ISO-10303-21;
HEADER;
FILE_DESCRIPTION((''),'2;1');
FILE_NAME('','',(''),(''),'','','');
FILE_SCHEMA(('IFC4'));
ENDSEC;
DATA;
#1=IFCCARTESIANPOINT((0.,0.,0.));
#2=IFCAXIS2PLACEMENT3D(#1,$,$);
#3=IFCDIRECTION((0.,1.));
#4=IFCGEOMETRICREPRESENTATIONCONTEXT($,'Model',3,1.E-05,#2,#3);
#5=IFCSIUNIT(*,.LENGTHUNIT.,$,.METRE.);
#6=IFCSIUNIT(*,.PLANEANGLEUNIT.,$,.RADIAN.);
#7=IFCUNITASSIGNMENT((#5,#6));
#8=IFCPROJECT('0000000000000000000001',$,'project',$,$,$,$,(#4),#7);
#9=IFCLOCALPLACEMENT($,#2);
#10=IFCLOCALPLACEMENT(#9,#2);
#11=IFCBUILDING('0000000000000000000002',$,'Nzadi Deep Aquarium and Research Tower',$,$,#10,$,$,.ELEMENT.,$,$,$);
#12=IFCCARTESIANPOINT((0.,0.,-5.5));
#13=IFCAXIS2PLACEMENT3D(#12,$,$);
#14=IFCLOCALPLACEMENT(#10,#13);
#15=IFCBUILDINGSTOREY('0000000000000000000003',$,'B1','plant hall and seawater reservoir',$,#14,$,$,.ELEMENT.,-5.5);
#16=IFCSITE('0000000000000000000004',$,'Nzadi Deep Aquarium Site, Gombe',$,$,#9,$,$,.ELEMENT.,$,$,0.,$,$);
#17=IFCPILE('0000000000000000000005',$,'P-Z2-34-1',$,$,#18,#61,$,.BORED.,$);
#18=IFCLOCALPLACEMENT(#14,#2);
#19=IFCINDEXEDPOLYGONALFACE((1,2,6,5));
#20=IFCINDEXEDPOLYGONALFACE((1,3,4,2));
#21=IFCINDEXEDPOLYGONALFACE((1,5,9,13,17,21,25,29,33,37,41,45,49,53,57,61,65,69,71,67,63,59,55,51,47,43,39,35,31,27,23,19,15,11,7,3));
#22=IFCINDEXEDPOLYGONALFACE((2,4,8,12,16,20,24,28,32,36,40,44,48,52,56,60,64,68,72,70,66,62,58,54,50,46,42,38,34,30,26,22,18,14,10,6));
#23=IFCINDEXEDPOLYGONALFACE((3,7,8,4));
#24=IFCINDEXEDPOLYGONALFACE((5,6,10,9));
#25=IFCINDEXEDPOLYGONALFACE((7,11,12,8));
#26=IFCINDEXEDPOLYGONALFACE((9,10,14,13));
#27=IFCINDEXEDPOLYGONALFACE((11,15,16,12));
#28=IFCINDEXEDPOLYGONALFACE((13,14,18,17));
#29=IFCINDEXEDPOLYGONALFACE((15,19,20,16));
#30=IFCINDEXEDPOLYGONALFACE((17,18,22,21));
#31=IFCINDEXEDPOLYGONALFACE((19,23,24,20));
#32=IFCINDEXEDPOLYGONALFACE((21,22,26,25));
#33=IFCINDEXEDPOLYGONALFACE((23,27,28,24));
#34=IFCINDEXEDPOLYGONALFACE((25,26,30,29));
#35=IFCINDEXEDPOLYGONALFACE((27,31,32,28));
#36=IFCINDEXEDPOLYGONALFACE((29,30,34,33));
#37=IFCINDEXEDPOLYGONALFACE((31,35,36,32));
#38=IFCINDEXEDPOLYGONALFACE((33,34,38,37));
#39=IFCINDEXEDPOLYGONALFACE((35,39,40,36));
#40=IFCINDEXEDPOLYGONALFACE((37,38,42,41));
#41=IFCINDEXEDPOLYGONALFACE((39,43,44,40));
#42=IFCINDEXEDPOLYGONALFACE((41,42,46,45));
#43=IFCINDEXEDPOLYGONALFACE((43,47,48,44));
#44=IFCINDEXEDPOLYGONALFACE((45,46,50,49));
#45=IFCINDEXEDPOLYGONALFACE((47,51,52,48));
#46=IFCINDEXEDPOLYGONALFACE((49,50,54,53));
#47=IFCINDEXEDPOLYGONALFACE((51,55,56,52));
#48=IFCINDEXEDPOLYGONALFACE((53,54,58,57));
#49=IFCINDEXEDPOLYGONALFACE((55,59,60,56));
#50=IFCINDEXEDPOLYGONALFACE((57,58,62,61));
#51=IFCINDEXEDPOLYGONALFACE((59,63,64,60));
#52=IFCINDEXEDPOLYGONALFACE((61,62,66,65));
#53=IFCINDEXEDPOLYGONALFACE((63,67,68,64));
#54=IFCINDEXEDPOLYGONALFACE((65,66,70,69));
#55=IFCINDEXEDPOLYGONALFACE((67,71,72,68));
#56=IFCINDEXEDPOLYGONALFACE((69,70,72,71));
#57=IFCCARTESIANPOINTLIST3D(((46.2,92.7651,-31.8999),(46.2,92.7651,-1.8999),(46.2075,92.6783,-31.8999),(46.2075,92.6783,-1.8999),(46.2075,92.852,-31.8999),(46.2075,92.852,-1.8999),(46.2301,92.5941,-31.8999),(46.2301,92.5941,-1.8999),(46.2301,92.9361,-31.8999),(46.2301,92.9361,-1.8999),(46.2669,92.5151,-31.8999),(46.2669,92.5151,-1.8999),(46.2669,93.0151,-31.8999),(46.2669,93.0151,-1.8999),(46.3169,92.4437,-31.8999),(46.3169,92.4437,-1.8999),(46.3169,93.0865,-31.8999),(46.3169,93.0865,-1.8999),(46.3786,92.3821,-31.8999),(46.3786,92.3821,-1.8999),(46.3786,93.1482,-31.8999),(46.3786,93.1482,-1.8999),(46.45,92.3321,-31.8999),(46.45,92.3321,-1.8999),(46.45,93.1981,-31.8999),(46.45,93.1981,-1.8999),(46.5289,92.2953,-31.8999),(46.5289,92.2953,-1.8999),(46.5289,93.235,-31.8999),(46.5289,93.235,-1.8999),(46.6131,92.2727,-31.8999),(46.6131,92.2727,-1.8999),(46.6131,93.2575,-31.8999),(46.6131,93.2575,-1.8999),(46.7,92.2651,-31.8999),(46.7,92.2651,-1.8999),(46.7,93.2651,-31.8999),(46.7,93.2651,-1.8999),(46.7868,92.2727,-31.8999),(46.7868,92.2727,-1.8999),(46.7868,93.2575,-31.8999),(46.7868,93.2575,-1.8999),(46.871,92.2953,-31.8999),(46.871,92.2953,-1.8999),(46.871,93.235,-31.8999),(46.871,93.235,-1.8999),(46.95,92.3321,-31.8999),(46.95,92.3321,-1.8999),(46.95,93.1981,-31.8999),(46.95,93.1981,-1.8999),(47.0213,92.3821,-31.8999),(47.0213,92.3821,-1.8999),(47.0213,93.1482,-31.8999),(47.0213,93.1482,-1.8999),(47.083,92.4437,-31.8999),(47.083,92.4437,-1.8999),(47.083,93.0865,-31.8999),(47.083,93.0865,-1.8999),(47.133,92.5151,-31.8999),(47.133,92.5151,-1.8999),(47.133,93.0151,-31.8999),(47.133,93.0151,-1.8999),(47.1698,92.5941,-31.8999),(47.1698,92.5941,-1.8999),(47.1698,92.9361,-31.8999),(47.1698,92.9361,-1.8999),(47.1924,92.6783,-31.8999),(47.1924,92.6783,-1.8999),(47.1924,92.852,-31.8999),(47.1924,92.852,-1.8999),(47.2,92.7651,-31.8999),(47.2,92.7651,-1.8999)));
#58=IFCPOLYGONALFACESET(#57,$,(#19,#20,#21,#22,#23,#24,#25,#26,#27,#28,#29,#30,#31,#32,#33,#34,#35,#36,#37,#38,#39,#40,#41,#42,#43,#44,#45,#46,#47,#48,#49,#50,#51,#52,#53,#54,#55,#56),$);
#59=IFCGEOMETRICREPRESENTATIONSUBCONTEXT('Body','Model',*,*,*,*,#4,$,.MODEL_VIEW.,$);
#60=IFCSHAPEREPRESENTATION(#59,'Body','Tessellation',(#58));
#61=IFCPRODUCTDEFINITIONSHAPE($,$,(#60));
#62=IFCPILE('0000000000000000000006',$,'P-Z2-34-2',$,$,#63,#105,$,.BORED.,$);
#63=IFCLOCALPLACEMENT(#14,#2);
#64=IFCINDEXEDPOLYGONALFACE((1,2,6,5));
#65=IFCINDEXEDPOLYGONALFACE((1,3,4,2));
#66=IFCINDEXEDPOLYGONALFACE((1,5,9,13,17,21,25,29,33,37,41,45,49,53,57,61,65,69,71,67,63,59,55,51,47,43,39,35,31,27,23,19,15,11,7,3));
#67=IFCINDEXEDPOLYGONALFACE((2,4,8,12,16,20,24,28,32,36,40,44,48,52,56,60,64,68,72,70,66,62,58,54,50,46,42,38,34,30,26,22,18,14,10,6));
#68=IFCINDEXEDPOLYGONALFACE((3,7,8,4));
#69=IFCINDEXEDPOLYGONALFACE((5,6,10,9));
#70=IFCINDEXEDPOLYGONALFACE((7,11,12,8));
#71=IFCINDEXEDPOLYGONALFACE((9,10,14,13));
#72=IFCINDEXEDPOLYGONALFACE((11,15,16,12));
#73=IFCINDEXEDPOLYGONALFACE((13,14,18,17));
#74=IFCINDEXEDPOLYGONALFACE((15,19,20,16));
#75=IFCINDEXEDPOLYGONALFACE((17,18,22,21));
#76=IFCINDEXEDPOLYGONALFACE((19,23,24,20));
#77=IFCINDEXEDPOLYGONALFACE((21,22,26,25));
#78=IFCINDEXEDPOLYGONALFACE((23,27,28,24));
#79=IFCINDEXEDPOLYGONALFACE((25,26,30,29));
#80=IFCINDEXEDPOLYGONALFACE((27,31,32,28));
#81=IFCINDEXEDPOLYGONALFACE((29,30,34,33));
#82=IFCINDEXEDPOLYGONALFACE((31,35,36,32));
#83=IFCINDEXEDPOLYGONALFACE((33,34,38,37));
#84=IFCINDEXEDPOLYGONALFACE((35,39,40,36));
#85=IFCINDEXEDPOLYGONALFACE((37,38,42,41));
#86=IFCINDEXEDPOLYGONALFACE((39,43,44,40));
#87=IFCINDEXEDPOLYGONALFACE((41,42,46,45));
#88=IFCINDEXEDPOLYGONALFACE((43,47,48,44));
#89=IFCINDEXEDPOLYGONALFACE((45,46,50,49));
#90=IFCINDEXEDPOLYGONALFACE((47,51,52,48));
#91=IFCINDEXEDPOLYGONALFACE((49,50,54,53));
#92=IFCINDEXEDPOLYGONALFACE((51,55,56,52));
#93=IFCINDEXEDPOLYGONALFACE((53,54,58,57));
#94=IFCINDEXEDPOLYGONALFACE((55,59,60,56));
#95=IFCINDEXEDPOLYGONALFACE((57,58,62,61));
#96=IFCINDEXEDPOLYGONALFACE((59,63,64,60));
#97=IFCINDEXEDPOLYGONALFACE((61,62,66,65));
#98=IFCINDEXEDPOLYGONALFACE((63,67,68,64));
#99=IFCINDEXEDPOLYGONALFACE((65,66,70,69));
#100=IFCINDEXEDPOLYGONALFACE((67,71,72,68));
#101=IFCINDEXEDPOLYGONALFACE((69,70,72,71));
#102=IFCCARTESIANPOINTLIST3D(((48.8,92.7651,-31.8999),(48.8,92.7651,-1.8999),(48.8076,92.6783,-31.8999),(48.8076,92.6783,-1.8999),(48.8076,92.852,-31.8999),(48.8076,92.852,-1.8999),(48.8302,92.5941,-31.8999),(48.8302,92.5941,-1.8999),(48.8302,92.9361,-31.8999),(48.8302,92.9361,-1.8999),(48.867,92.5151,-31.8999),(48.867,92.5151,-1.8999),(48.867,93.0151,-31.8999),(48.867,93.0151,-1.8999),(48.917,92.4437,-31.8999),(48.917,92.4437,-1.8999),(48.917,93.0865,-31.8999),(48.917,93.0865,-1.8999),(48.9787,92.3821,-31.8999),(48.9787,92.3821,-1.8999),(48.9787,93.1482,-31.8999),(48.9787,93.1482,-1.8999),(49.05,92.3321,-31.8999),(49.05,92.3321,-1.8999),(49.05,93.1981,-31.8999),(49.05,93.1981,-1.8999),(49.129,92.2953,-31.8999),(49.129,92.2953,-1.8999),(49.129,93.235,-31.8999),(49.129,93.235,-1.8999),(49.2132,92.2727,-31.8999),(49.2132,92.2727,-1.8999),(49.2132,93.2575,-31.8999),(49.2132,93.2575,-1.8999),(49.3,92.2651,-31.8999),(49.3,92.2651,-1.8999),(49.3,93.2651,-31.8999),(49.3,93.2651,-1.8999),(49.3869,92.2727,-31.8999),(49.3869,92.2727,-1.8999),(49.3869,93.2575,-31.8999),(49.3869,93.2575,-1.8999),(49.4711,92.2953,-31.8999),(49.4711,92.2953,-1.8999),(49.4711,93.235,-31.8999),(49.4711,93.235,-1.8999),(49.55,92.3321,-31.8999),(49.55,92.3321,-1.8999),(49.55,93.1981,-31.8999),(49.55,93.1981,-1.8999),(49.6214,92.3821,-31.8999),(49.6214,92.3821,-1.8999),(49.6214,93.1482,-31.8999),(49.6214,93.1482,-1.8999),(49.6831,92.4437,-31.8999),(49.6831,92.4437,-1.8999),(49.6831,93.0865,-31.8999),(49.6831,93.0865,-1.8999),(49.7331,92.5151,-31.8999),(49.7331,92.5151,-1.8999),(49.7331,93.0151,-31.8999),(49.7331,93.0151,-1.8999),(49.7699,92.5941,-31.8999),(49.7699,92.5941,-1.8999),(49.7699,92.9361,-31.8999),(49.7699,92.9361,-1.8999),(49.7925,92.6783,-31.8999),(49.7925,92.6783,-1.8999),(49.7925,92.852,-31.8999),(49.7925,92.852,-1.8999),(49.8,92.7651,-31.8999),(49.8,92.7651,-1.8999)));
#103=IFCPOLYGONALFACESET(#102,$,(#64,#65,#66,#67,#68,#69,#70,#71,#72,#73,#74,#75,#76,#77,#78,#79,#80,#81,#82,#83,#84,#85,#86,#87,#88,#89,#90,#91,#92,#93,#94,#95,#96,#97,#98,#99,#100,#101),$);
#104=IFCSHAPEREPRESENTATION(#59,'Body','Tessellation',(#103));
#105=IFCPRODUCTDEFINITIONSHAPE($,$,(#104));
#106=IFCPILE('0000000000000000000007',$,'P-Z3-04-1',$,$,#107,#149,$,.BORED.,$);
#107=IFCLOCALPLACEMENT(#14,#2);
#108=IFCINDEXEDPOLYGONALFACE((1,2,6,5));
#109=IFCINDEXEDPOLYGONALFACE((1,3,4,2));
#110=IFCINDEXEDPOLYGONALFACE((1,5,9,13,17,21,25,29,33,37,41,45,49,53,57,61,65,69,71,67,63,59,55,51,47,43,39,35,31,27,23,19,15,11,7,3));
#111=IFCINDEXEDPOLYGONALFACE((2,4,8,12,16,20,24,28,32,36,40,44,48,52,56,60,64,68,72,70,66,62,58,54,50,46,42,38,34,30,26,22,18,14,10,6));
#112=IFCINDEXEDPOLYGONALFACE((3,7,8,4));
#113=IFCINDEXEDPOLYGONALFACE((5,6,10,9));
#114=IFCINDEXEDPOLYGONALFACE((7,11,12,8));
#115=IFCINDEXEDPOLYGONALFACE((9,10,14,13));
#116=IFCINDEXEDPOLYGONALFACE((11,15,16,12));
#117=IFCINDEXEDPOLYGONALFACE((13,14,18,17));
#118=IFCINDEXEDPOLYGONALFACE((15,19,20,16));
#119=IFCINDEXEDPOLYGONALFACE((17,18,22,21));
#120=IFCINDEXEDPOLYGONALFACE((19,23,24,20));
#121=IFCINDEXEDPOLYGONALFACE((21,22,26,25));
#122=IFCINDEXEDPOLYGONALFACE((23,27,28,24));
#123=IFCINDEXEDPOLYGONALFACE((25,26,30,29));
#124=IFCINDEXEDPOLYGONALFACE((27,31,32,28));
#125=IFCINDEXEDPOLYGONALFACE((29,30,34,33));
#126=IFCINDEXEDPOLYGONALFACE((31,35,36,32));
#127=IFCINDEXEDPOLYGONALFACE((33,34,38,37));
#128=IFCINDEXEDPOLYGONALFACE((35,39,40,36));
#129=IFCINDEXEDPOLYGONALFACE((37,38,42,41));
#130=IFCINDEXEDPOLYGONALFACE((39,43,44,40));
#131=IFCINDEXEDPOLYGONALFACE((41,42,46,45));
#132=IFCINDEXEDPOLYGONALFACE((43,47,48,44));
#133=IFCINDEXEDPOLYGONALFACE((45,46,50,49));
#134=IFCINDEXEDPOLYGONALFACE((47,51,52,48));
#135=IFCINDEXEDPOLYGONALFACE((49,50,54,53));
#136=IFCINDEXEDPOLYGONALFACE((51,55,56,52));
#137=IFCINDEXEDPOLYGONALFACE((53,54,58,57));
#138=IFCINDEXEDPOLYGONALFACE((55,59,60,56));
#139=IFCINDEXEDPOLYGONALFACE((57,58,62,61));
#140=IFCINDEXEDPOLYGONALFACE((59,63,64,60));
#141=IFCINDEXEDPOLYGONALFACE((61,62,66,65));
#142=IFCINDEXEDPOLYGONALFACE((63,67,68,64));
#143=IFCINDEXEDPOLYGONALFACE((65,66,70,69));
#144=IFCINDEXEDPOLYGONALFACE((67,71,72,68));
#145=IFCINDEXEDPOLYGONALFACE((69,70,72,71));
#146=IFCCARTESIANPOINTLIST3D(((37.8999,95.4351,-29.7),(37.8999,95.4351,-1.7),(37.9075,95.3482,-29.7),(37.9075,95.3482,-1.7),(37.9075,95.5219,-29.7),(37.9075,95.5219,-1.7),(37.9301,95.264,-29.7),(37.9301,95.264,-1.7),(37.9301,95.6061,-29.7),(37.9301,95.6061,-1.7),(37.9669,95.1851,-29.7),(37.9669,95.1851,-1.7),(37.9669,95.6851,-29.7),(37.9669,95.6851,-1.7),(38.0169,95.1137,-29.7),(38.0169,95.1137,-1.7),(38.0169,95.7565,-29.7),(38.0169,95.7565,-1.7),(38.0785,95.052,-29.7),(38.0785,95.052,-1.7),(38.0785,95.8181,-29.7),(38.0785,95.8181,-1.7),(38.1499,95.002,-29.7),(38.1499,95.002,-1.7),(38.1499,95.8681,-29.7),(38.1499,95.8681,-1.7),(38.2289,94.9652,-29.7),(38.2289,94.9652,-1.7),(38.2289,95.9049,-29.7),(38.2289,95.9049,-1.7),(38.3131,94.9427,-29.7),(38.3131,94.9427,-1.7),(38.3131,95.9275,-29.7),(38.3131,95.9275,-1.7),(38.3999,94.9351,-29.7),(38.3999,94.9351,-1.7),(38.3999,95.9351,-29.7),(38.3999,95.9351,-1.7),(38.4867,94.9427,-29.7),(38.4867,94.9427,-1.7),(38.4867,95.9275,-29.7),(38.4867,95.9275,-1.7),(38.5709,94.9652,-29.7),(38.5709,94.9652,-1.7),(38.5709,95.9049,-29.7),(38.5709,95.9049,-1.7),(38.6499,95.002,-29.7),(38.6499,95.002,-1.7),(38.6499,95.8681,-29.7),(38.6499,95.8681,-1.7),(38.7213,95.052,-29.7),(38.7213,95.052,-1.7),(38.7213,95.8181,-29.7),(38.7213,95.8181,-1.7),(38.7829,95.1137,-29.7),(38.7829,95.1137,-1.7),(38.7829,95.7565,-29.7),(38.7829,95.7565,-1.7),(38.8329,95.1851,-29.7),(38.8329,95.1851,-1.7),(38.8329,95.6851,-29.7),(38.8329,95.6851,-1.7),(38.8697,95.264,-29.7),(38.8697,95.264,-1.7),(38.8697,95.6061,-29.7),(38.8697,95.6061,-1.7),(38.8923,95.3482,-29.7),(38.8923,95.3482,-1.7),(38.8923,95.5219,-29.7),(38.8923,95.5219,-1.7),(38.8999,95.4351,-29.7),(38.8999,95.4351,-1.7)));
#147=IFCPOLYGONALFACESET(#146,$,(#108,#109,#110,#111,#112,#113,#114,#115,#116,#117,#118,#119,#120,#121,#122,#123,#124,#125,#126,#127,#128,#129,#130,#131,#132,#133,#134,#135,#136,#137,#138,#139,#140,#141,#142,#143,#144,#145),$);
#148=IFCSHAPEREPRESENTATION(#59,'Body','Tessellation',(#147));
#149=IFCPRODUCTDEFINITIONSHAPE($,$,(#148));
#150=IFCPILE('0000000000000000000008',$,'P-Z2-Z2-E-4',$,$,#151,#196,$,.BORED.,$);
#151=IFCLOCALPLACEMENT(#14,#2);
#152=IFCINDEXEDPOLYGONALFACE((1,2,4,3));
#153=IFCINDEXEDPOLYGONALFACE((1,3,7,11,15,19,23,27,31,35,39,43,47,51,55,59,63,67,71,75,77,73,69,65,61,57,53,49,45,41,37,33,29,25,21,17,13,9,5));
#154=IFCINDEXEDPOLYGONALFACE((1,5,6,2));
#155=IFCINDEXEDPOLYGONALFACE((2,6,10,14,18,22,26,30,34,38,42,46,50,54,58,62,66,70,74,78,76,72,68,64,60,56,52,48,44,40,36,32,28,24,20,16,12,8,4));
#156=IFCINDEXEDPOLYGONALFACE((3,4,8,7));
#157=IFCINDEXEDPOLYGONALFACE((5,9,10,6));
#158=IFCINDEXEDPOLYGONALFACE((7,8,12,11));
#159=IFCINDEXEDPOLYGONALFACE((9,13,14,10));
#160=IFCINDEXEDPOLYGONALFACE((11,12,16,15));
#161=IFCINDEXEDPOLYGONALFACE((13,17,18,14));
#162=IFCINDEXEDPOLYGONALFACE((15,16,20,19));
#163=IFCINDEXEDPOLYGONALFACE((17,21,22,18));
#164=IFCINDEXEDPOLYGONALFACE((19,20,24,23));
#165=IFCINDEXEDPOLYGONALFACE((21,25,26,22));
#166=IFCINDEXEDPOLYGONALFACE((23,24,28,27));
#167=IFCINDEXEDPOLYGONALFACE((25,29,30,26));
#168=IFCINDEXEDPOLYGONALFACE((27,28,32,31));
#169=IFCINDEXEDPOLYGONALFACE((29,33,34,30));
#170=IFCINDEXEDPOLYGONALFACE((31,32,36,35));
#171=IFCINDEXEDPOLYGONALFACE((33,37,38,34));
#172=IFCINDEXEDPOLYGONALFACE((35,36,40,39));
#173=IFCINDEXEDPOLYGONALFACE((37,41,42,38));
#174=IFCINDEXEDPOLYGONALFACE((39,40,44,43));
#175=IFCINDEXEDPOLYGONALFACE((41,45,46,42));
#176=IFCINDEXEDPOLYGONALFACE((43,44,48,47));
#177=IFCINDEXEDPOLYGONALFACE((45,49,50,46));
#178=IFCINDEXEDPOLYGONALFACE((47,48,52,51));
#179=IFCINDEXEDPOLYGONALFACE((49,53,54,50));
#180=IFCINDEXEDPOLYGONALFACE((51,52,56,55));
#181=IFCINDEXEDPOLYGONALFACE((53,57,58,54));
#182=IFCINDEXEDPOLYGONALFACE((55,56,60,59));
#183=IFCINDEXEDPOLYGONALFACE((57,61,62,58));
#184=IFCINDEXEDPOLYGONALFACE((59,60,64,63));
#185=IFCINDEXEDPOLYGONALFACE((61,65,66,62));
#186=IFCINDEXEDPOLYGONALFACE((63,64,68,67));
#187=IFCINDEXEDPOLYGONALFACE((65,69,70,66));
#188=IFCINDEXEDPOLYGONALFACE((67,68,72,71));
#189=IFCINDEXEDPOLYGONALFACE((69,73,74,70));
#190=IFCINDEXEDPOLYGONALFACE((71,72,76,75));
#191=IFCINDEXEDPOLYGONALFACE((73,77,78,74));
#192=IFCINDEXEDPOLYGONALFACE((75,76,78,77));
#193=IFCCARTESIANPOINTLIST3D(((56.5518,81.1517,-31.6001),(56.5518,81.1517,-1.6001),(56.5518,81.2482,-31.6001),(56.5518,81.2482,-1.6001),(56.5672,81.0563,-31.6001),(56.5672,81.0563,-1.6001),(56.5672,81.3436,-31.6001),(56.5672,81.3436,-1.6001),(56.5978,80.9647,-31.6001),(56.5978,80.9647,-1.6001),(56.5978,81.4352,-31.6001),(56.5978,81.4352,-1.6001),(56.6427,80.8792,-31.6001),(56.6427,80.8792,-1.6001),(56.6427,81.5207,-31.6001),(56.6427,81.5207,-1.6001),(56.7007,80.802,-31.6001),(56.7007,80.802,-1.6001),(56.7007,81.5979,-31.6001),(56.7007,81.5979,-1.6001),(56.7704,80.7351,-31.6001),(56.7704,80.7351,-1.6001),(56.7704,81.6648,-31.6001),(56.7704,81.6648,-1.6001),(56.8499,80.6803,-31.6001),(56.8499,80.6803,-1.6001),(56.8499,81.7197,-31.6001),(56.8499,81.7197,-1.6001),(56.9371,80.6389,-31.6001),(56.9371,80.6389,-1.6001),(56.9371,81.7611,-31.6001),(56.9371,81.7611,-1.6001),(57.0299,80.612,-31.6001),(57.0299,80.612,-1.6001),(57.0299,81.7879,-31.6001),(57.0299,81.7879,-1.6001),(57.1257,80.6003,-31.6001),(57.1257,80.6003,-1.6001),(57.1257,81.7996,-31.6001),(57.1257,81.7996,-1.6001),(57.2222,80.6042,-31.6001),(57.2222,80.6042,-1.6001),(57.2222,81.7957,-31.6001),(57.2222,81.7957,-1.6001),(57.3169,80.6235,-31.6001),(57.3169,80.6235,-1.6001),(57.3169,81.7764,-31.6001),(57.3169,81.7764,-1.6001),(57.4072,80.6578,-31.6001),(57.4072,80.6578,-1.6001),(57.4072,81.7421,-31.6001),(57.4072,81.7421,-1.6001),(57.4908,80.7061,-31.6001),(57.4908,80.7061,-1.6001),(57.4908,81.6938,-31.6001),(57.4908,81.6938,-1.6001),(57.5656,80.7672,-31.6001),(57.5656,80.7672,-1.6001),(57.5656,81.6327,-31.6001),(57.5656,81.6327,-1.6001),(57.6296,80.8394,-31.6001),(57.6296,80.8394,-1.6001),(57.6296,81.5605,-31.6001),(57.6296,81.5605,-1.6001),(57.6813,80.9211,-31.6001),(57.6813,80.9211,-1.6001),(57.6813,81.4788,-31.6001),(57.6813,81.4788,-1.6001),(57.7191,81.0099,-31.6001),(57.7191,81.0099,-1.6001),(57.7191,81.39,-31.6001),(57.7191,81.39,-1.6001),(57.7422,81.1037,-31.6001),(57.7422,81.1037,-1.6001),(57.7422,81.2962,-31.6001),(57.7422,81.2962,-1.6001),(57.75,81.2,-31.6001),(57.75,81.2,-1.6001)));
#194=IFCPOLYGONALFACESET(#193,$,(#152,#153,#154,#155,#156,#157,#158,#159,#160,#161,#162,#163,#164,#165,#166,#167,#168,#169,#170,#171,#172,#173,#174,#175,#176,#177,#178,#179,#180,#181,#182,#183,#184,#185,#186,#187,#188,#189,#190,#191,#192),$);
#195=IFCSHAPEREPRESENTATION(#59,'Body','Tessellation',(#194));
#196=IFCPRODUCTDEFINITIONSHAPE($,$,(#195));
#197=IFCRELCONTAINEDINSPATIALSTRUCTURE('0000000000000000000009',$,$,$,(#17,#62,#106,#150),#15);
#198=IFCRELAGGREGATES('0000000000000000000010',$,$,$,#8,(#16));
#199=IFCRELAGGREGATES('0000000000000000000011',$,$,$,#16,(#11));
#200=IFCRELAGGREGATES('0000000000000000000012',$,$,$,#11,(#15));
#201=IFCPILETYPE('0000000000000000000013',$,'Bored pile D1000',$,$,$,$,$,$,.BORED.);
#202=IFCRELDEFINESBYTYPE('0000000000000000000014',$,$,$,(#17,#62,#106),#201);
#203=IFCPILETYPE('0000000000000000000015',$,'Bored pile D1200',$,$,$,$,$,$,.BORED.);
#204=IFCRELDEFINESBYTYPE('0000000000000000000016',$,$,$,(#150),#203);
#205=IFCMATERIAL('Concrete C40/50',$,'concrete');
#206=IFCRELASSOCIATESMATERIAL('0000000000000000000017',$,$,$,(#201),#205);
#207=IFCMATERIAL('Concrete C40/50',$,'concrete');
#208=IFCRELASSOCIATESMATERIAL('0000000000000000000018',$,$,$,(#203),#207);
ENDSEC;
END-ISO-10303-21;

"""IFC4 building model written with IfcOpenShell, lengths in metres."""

from ifc_helpers import new_model, si_unit, direction, frame, origin, origin_2d, place, context, subcontext, project, spatial, circle, extrude, material, material_profile, profile_set, type_object, element, save


model = new_model("IFC4")

# Units and contexts
model_context = context("Model", 3, precision=1e-05, world=origin(), true_north=direction((0.0, 1.0)))
body_context = subcontext(model_context, "Body", "Model", "MODEL_VIEW")
ifc_project = project(units=[si_unit("LENGTHUNIT", "METRE"), si_unit("PLANEANGLEUNIT", "RADIAN")], contexts=[model_context])

# Site, building, storey
site_placement = place(None, origin())
site = spatial("IfcSite", under=ifc_project, at=site_placement, Name="Nzadi Deep Aquarium Site, Gombe", CompositionType="ELEMENT", RefElevation=0.0)
building_placement = place(site_placement, origin())
building = spatial("IfcBuilding", under=site, at=building_placement, Name="Nzadi Deep Aquarium and Research Tower", CompositionType="ELEMENT")
storey_placement = place(building_placement, frame((0.0, 0.0, -5.5)))
storey = spatial("IfcBuildingStorey", under=building, at=storey_placement, Name="B1", Description="plant hall and seawater reservoir", CompositionType="ELEMENT", Elevation=-5.5)

# Piles
ifc_material_1 = material(Name="Concrete C40/50", Category="concrete")
ifc_material_profile_1 = material_profile(ifc_material_1, circle(Radius=0.5, at=origin_2d()))
ifc_profile_set_1 = profile_set([ifc_material_profile_1], Name="Concrete C40/50")
pile_type_1 = type_object("IfcPileType", Name="Bored pile D1000", PredefinedType="BORED", material=ifc_profile_set_1)
for number, where, z_axis, x_axis, name in (
    (1, (46.7, 92.7651, -1.8999), (0.0, 0.0, -1.0), (1.0, 0.0, 0.0), "P-Z2-34-1"),
    (2, (49.3, 92.7651, -1.8999), (0.0, 0.0, -1.0), (1.0, 0.0, 0.0), "P-Z2-34-2"),
):
    element("IfcPile", number, at=place(storey_placement, frame(where, z_axis=z_axis, x_axis=x_axis)), inside=storey, type_object=pile_type_1, Name=name, PredefinedType="BORED", context=body_context, shape_type="SweptSolid", body=[
        extrude(circle(Radius=0.5, at=origin_2d()), origin(), (0.0, 0.0, 1.0), 30.0),
    ])
pile_placement = place(storey_placement, frame((38.3999, 95.4351, -1.7), z_axis=(0.0, 0.0, -1.0), x_axis=(1.0, 0.0, 0.0)))
element("IfcPile", 3, at=pile_placement, inside=storey, type_object=pile_type_1, Name="P-Z3-04-1", PredefinedType="BORED", context=body_context, shape_type="SweptSolid", body=[
    extrude(circle(Radius=0.5, at=origin_2d()), origin(), (0.0, 0.0, 1.0), 28.0),
])
ifc_material_2 = material(Name="Concrete C40/50", Category="concrete")
ifc_material_profile_2 = material_profile(ifc_material_2, circle(Radius=0.6001, at=origin_2d()))
ifc_profile_set_2 = profile_set([ifc_material_profile_2], Name="Concrete C40/50")
pile_type_2 = type_object("IfcPileType", Name="Bored pile D1200", PredefinedType="BORED", material=ifc_profile_set_2)
for number, where, z_axis, x_axis, name in (
    (4, (57.1499, 81.2, -1.6001), (0.0, 0.0, -1.0), (1.0, 0.0, 0.0), "P-Z2-Z2-E-4"),
):
    element("IfcPile", number, at=place(storey_placement, frame(where, z_axis=z_axis, x_axis=x_axis)), inside=storey, type_object=pile_type_2, Name=name, PredefinedType="BORED", context=body_context, shape_type="SweptSolid", body=[
        extrude(circle(Radius=0.6001, at=origin_2d()), origin(), (0.0, 0.0, 1.0), 30.0),
    ])

save(model, "model.ifc")
